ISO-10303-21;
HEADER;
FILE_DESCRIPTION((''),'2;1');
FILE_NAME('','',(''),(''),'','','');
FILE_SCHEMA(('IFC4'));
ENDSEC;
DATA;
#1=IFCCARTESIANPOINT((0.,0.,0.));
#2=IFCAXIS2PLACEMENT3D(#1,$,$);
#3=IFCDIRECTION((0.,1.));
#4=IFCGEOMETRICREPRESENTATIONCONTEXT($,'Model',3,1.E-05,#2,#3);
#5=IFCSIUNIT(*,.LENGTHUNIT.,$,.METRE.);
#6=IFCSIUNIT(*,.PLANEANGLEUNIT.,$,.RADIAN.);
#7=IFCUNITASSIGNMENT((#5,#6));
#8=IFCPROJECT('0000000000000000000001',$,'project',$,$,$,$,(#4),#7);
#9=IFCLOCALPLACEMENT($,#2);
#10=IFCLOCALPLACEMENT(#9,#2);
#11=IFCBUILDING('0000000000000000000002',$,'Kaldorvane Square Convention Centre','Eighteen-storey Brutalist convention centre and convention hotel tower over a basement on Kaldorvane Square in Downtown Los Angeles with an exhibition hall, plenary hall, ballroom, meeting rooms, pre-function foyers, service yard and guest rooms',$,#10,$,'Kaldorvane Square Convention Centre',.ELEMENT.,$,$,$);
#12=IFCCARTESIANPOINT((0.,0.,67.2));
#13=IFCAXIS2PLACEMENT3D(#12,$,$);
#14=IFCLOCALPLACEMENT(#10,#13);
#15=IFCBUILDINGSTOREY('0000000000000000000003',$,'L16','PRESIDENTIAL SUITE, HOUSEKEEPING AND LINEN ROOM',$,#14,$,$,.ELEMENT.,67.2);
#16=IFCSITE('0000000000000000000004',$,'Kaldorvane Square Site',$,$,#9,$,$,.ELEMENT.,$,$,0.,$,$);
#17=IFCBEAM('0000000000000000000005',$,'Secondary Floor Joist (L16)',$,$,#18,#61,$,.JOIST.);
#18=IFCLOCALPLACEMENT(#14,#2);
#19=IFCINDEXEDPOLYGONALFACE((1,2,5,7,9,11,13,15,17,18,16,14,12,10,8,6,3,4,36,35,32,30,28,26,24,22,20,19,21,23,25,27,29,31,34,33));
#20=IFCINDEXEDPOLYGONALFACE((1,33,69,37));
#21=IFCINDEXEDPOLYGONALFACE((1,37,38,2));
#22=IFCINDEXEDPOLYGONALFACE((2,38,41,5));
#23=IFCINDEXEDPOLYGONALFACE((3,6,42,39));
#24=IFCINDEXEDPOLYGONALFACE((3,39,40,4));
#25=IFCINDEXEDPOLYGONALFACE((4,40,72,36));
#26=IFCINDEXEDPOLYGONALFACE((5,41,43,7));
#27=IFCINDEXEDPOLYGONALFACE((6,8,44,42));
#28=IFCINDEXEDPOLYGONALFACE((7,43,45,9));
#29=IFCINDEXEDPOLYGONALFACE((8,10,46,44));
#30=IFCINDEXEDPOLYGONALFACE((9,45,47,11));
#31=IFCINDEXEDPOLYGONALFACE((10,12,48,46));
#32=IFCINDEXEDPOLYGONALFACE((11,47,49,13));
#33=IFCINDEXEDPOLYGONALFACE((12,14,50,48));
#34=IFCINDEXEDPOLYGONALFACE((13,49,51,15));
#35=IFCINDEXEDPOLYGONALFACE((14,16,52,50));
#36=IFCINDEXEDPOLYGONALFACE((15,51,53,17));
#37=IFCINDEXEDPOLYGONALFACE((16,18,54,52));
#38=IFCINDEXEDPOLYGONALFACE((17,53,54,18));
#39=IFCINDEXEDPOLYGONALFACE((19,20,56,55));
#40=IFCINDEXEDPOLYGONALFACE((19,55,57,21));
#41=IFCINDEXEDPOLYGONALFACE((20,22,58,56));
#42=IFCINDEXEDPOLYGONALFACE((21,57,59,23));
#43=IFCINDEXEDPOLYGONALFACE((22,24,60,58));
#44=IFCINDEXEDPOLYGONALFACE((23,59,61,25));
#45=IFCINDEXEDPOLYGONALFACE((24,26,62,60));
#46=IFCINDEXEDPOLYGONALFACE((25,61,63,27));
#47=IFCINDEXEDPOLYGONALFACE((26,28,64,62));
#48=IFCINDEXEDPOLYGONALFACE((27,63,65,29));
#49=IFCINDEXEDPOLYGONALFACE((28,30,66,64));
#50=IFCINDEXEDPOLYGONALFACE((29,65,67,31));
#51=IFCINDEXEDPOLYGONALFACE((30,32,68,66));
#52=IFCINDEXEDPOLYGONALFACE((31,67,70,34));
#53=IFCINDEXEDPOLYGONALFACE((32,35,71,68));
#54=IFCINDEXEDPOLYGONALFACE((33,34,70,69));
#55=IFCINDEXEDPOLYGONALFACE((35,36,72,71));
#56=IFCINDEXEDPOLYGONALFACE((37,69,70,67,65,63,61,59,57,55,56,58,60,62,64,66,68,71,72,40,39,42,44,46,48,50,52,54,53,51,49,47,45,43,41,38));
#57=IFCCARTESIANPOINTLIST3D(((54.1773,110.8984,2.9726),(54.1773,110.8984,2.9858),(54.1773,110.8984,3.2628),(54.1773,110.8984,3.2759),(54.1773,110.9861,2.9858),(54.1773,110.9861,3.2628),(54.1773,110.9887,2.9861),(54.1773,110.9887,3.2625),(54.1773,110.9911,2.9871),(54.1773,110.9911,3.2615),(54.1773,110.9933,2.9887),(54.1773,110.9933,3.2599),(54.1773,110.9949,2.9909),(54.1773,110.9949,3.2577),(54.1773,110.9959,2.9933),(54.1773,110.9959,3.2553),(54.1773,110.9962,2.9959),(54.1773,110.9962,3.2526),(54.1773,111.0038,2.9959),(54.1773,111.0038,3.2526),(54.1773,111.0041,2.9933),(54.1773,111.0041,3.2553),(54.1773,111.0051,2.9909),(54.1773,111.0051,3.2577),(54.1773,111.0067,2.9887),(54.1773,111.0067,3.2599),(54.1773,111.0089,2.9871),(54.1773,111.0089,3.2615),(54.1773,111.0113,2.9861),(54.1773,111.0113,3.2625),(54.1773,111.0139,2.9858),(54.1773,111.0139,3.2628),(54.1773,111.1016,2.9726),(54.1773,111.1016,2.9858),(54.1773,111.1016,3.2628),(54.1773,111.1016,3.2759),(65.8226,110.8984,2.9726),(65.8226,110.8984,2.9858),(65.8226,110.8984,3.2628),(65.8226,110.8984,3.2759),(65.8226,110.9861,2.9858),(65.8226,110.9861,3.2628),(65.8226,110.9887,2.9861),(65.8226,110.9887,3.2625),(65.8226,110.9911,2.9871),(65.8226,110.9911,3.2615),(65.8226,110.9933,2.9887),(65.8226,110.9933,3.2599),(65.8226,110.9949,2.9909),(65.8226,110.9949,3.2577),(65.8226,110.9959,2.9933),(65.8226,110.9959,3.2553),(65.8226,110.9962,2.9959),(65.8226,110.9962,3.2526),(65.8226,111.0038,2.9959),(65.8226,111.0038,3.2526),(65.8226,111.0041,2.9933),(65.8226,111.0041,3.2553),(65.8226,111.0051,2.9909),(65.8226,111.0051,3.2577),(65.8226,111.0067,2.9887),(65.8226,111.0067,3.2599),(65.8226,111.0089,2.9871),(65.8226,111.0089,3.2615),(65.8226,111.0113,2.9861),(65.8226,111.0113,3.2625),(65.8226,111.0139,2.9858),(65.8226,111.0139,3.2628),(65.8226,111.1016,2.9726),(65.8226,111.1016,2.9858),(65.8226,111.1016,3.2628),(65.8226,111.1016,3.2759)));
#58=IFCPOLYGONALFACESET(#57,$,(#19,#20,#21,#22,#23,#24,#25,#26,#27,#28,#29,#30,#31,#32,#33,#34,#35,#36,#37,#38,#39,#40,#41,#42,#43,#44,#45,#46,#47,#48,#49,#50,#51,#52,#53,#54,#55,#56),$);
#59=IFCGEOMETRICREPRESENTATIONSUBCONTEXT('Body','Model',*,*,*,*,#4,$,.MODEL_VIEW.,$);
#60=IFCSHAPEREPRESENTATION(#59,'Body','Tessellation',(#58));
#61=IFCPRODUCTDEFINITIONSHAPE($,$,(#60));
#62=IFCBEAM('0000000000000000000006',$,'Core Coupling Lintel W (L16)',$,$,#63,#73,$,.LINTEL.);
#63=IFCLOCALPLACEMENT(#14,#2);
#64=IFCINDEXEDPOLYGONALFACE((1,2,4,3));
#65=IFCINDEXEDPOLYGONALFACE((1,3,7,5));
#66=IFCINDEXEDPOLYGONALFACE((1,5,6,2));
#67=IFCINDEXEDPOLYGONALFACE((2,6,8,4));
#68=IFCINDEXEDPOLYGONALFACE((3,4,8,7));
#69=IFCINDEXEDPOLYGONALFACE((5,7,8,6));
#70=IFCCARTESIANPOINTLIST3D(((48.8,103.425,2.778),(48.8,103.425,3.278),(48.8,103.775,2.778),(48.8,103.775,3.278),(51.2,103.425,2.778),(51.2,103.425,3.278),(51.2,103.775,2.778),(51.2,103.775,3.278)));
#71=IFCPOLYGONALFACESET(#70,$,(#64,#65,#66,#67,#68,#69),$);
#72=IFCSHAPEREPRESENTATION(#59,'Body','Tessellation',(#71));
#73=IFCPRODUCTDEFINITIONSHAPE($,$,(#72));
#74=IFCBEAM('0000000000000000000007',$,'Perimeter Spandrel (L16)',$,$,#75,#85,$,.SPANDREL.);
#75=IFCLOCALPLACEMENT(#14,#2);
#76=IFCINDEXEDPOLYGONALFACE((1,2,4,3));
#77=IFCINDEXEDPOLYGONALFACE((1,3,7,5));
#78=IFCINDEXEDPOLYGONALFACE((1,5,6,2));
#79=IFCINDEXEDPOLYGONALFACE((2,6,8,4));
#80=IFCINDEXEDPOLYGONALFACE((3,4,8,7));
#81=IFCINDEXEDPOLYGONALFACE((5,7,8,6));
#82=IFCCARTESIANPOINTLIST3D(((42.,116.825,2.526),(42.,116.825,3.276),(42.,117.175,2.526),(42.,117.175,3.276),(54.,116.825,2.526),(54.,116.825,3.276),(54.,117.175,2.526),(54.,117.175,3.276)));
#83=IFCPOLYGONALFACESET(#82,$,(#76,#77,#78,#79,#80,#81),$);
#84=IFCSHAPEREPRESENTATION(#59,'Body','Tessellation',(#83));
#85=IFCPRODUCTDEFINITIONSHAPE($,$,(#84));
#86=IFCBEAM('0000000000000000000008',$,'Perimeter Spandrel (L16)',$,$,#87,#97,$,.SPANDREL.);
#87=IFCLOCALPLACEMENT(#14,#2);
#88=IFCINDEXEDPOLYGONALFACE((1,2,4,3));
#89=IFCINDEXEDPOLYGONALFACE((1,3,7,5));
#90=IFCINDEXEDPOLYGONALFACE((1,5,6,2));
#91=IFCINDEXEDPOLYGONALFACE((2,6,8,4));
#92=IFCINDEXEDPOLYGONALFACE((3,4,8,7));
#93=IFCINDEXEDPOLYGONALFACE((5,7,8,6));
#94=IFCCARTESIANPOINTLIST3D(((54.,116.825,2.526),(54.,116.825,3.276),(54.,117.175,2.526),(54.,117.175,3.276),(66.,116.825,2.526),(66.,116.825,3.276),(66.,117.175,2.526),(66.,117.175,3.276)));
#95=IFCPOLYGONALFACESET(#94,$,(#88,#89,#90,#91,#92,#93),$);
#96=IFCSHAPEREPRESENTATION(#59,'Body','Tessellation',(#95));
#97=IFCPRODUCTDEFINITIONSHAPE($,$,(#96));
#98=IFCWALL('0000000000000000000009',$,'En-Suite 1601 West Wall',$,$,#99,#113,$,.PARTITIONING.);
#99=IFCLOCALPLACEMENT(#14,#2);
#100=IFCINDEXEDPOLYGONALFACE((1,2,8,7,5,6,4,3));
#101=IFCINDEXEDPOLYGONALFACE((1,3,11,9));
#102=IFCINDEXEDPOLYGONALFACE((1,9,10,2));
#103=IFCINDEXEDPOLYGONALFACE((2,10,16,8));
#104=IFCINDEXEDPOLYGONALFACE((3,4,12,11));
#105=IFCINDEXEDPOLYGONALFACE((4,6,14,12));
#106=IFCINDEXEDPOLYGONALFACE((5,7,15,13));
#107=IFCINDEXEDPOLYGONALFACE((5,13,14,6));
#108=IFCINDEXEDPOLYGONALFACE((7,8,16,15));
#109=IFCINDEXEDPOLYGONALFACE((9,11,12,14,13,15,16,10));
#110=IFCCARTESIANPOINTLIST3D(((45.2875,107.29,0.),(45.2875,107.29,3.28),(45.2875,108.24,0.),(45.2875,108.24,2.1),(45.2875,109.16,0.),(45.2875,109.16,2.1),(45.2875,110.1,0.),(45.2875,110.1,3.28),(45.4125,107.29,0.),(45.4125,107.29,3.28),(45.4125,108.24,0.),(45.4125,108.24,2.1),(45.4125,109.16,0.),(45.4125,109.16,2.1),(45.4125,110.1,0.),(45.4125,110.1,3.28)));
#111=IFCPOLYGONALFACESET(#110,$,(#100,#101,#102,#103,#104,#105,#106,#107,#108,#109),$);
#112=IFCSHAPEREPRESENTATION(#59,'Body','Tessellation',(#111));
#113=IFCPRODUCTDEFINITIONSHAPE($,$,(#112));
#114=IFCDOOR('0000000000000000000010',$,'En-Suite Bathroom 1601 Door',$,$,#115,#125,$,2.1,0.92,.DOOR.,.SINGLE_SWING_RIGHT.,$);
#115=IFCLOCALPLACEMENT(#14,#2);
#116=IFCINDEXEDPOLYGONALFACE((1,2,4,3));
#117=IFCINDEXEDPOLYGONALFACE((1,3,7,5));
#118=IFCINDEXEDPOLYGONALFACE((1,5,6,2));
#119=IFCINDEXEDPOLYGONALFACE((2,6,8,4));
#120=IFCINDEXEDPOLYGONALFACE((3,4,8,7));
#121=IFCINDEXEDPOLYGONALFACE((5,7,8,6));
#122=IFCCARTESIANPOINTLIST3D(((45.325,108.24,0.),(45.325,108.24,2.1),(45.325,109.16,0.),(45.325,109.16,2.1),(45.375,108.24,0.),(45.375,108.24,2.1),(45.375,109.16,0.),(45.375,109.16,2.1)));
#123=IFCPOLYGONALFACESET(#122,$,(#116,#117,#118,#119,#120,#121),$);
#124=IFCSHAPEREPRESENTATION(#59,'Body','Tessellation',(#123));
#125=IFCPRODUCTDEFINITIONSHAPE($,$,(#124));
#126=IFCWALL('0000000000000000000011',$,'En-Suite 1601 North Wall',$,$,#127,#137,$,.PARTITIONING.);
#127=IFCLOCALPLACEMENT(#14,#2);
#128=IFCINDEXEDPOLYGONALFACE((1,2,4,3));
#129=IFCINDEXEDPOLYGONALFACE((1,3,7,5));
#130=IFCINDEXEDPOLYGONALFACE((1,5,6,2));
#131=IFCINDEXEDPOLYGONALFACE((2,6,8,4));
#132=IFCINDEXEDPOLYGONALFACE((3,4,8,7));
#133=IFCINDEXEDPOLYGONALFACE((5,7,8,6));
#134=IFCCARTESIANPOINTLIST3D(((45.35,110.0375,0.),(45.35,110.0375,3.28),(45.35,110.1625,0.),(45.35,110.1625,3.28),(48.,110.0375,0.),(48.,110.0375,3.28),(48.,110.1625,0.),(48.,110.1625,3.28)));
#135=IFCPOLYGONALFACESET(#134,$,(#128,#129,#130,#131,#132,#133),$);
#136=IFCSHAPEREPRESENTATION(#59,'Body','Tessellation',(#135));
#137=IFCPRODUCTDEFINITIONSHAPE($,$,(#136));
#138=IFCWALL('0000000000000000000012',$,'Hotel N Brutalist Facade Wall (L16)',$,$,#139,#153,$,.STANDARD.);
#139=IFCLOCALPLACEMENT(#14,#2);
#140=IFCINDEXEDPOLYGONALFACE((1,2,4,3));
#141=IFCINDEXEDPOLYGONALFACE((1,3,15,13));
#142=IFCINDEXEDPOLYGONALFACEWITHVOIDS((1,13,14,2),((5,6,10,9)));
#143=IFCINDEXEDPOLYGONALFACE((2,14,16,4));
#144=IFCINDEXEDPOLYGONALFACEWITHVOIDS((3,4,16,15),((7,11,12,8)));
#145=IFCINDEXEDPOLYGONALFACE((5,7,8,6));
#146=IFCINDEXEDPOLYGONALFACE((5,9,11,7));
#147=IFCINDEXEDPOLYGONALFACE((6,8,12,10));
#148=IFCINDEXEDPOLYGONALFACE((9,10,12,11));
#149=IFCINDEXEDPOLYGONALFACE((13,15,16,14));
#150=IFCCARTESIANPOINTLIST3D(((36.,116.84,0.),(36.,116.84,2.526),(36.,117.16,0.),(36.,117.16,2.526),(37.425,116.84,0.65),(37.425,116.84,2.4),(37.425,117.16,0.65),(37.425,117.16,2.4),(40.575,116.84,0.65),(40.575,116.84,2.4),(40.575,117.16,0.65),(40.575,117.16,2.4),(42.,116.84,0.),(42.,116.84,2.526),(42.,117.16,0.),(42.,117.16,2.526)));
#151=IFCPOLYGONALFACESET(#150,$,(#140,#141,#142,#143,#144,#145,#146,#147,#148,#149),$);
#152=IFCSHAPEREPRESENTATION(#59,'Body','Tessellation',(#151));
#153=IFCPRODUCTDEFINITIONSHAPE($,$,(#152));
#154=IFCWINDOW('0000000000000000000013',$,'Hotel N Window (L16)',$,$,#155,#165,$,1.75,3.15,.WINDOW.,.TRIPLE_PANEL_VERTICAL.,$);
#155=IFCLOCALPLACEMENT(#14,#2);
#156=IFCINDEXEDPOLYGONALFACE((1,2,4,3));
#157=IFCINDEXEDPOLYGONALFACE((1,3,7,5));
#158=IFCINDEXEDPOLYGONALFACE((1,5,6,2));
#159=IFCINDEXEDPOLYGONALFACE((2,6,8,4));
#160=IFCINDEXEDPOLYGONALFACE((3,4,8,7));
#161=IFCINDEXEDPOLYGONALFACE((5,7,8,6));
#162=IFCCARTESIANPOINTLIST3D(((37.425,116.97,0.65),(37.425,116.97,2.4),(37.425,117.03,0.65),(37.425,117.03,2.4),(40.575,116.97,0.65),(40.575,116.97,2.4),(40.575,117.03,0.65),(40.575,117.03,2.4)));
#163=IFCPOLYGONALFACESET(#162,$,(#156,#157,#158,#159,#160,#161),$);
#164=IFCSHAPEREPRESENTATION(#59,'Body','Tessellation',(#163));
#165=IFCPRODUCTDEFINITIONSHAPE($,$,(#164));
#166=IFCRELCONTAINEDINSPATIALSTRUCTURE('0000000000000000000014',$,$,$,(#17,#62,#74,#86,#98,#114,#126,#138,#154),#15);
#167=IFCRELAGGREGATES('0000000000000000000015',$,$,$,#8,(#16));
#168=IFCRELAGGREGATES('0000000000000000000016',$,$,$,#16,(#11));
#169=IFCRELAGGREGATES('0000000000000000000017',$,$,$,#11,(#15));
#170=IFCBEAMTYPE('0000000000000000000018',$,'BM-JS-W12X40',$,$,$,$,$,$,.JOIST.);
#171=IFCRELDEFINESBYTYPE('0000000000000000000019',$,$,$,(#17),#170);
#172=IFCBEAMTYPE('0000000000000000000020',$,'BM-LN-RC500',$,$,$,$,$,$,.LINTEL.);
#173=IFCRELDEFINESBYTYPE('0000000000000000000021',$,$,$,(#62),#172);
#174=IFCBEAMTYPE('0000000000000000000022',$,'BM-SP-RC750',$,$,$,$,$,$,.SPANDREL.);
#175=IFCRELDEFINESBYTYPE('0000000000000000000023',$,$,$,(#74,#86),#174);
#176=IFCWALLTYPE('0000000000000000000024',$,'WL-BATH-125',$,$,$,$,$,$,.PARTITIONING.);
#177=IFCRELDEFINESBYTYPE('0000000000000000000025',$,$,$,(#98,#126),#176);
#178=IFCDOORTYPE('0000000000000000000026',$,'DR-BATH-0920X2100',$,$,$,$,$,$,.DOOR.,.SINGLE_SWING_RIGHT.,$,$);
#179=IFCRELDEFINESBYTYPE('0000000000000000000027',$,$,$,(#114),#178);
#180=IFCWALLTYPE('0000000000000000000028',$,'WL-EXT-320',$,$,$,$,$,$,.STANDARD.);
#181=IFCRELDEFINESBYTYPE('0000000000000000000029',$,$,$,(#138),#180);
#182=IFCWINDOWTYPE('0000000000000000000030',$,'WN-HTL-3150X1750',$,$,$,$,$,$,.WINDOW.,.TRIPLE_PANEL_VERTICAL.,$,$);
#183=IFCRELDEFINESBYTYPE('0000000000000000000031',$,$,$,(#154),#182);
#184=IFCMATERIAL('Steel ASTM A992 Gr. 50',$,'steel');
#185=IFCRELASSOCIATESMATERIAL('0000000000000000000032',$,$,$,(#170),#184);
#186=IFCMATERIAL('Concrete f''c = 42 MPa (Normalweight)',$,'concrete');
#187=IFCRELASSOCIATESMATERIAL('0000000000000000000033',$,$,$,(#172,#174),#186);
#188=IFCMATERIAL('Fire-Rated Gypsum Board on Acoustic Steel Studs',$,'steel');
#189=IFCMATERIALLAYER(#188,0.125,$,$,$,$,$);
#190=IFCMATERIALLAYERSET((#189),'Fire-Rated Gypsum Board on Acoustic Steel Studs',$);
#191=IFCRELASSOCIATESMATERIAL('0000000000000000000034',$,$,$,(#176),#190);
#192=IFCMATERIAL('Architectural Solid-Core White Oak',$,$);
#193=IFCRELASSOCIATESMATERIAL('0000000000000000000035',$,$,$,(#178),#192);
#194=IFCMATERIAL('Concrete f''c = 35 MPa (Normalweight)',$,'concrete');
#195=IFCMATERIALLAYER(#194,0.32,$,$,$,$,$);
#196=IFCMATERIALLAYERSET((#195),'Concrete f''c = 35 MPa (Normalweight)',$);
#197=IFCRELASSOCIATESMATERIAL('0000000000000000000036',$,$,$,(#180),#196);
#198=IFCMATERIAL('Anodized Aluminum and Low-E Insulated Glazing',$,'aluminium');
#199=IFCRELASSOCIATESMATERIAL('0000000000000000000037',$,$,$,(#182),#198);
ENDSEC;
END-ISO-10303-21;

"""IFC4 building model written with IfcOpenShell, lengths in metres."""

from ifc_helpers import new_model, si_unit, direction, frame, frame_2d, origin, origin_2d, place, context, subcontext, project, spatial, rectangle, i_section, extrude, material, layer, layer_set, material_profile, profile_set, type_object, element, fill, save


model = new_model("IFC4")

# Units and contexts
model_context = context("Model", 3, precision=1e-05, world=origin(), true_north=direction((0.0, 1.0)))
body_context = subcontext(model_context, "Body", "Model", "MODEL_VIEW")
ifc_project = project(units=[si_unit("LENGTHUNIT", "METRE"), si_unit("PLANEANGLEUNIT", "RADIAN")], contexts=[model_context])

# Site, building, storey
site_placement = place(None, origin())
site = spatial("IfcSite", under=ifc_project, at=site_placement, Name="Kaldorvane Square Site", CompositionType="ELEMENT", RefElevation=0.0)
building_placement = place(site_placement, origin())
building = spatial("IfcBuilding", under=site, at=building_placement, Name="Kaldorvane Square Convention Centre", Description="Eighteen-storey Brutalist convention centre and convention hotel tower over a basement on Kaldorvane Square in Downtown Los Angeles with an exhibition hall, plenary hall, ballroom, meeting rooms, pre-function foyers, service yard and guest rooms", LongName="Kaldorvane Square Convention Centre", CompositionType="ELEMENT")
storey_placement = place(building_placement, frame((0.0, 0.0, 67.2)))
storey = spatial("IfcBuildingStorey", under=building, at=storey_placement, Name="L16", Description="PRESIDENTIAL SUITE, HOUSEKEEPING AND LINEN ROOM", CompositionType="ELEMENT", Elevation=67.2)

# Shared definitions
ifc_material_1 = material(Name="Concrete f'c = 42 MPa (Normalweight)", Category="concrete")
ifc_material_2 = material(Name="Steel ASTM A992 Gr. 50", Category="steel")

# Beams
ifc_material_profile_1 = material_profile(ifc_material_2, i_section(OverallWidth=0.2033, OverallDepth=0.3033, WebThickness=0.0075, FlangeThickness=0.0131, FilletRadius=0.0102, at=origin_2d()), Name="W12X40")
ifc_profile_set_1 = profile_set([ifc_material_profile_1], Name="Steel ASTM A992 Gr. 50")
beam_type_1 = type_object("IfcBeamType", Name="BM-JS-W12X40", PredefinedType="JOIST", material=ifc_profile_set_1)
beam_1_placement = place(storey_placement, frame((54.1773, 111.0, 3.1243), z_axis=(1.0, 0.0, 0.0), x_axis=(0.0, 1.0, 0.0)))
element("IfcBeam", 1, at=beam_1_placement, inside=storey, type_object=beam_type_1, Name="Secondary Floor Joist (L16)", PredefinedType="JOIST", context=body_context, shape_type="SweptSolid", body=[
    extrude(i_section(OverallWidth=0.2033, OverallDepth=0.3033, WebThickness=0.0075, FlangeThickness=0.0131, FilletRadius=0.0102, at=origin_2d()), origin(), (0.0, 0.0, 1.0), 11.6453),
])
ifc_material_profile_2 = material_profile(ifc_material_1, rectangle(XDim=0.35, YDim=0.5, at=origin_2d()), Name="RCLN500X350")
ifc_profile_set_2 = profile_set([ifc_material_profile_2], Name="Concrete f'c = 42 MPa (Normalweight)")
beam_type_2 = type_object("IfcBeamType", Name="BM-LN-RC500", PredefinedType="LINTEL", material=ifc_profile_set_2)
beam_2_placement = place(storey_placement, frame((48.8, 103.6, 3.028), z_axis=(1.0, 0.0, 0.0), x_axis=(0.0, 1.0, 0.0)))
element("IfcBeam", 2, at=beam_2_placement, inside=storey, type_object=beam_type_2, Name="Core Coupling Lintel W (L16)", PredefinedType="LINTEL", context=body_context, shape_type="SweptSolid", body=[
    extrude(rectangle(XDim=0.35, YDim=0.5, at=origin_2d()), origin(), (0.0, 0.0, 1.0), 2.4),
])
ifc_material_profile_3 = material_profile(ifc_material_1, rectangle(XDim=0.35, YDim=0.75, at=origin_2d()), Name="RCSP750X350")
ifc_profile_set_3 = profile_set([ifc_material_profile_3], Name="Concrete f'c = 42 MPa (Normalweight)")
beam_type_3 = type_object("IfcBeamType", Name="BM-SP-RC750", PredefinedType="SPANDREL", material=ifc_profile_set_3)
for number, where, z_axis, x_axis, name in (
    (3, (42.0, 117.0, 2.901), (1.0, 0.0, 0.0), (0.0, 1.0, 0.0), "Perimeter Spandrel (L16)"),
    (4, (54.0, 117.0, 2.901), (1.0, 0.0, 0.0), (0.0, 1.0, 0.0), "Perimeter Spandrel (L16)"),
):
    element("IfcBeam", number, at=place(storey_placement, frame(where, z_axis=z_axis, x_axis=x_axis)), inside=storey, type_object=beam_type_3, Name=name, PredefinedType="SPANDREL", context=body_context, shape_type="SweptSolid", body=[
        extrude(rectangle(XDim=0.35, YDim=0.75, at=origin_2d()), origin(), (0.0, 0.0, 1.0), 12.0),
    ])

# Wall, opening, door
ifc_material_3 = material(Name="Fire-Rated Gypsum Board on Acoustic Steel Studs", Category="steel")
ifc_layer_1 = layer(ifc_material_3, 0.125)
ifc_layer_set_1 = layer_set([ifc_layer_1], Name="Fire-Rated Gypsum Board on Acoustic Steel Studs")
wall_type_1 = type_object("IfcWallType", Name="WL-BATH-125", PredefinedType="PARTITIONING", material=ifc_layer_set_1)
wall_1_placement = place(storey_placement, frame((45.35, 107.29, 0.0), z_axis=(0.0, 0.0, 1.0), x_axis=(0.0, 1.0, 0.0)))
wall_1 = element("IfcWall", 5, at=wall_1_placement, inside=storey, type_object=wall_type_1, Name="En-Suite 1601 West Wall", PredefinedType="PARTITIONING", context=body_context, shape_type="SweptSolid", body=[
    extrude(rectangle(XDim=2.81, YDim=0.125, at=frame_2d((1.405, 0.0))), origin(), (0.0, 0.0, 1.0), 3.28),
])
opening_1_placement = place(wall_1_placement, frame((0.95, 0.0, 0.0)))
opening_1 = element("IfcOpeningElement", 6, at=opening_1_placement, cuts=wall_1, PredefinedType="OPENING", context=body_context, shape_type="SweptSolid", body=[
    extrude(rectangle(XDim=0.92, YDim=2.1, at=frame_2d((0.46, 1.05))), frame((0.0, 0.0775, 0.0), z_axis=(0.0, -1.0, 0.0), x_axis=(1.0, 0.0, 0.0)), (0.0, 0.0, 1.0), 0.155),
])
ifc_material_4 = material(Name="Architectural Solid-Core White Oak")
door_type_1 = type_object("IfcDoorType", Name="DR-BATH-0920X2100", OperationType="SINGLE_SWING_RIGHT", PredefinedType="DOOR", material=ifc_material_4)
door_1_placement = place(opening_1_placement, origin())
door_1 = element("IfcDoor", 7, at=door_1_placement, inside=storey, type_object=door_type_1, Name="En-Suite Bathroom 1601 Door", OperationType="SINGLE_SWING_RIGHT", OverallHeight=2.1, OverallWidth=0.92, PredefinedType="DOOR", context=body_context, shape_type="SweptSolid", body=[
    extrude(rectangle(XDim=0.92, YDim=2.1, at=frame_2d((0.46, 1.05))), frame((0.0, 0.025, 0.0), z_axis=(0.0, -1.0, 0.0), x_axis=(1.0, 0.0, 0.0)), (0.0, 0.0, 1.0), 0.05),
])
fill(opening_1, door_1)

# Wall
wall_2_placement = place(storey_placement, frame((45.35, 110.1, 0.0), z_axis=(0.0, 0.0, 1.0), x_axis=(1.0, 0.0, 0.0)))
element("IfcWall", 8, at=wall_2_placement, inside=storey, type_object=wall_type_1, Name="En-Suite 1601 North Wall", PredefinedType="PARTITIONING", context=body_context, shape_type="SweptSolid", body=[
    extrude(rectangle(XDim=2.65, YDim=0.125, at=frame_2d((1.325, 0.0))), origin(), (0.0, 0.0, 1.0), 3.28),
])

# Wall, opening, window
ifc_material_5 = material(Name="Concrete f'c = 35 MPa (Normalweight)", Category="concrete")
ifc_layer_2 = layer(ifc_material_5, 0.32)
ifc_layer_set_2 = layer_set([ifc_layer_2], Name="Concrete f'c = 35 MPa (Normalweight)")
wall_type_2 = type_object("IfcWallType", Name="WL-EXT-320", PredefinedType="STANDARD", material=ifc_layer_set_2)
wall_3_placement = place(storey_placement, frame((42.0, 117.0, 0.0), z_axis=(0.0, 0.0, 1.0), x_axis=(-1.0, 0.0, 0.0)))
wall_3 = element("IfcWall", 9, at=wall_3_placement, inside=storey, type_object=wall_type_2, Name="Hotel N Brutalist Facade Wall (L16)", PredefinedType="STANDARD", context=body_context, shape_type="SweptSolid", body=[
    extrude(rectangle(XDim=6.0, YDim=0.32, at=frame_2d((3.0, 0.0))), origin(), (0.0, 0.0, 1.0), 2.526),
])
opening_2_placement = place(wall_3_placement, frame((1.425, 0.0, 0.65)))
opening_2 = element("IfcOpeningElement", 10, at=opening_2_placement, cuts=wall_3, PredefinedType="OPENING", context=body_context, shape_type="SweptSolid", body=[
    extrude(rectangle(XDim=3.15, YDim=1.75, at=frame_2d((1.575, 0.875))), frame((0.0, 0.175, 0.0), z_axis=(0.0, -1.0, 0.0), x_axis=(1.0, 0.0, 0.0)), (0.0, 0.0, 1.0), 0.35),
])
ifc_material_6 = material(Name="Anodized Aluminum and Low-E Insulated Glazing", Category="aluminium")
window_type = type_object("IfcWindowType", Name="WN-HTL-3150X1750", PartitioningType="TRIPLE_PANEL_VERTICAL", PredefinedType="WINDOW", material=ifc_material_6)
window_1_placement = place(opening_2_placement, origin())
window_1 = element("IfcWindow", 11, at=window_1_placement, inside=storey, type_object=window_type, Name="Hotel N Window (L16)", OverallHeight=1.75, OverallWidth=3.15, PartitioningType="TRIPLE_PANEL_VERTICAL", PredefinedType="WINDOW", context=body_context, shape_type="SweptSolid", body=[
    extrude(rectangle(XDim=3.15, YDim=1.75, at=frame_2d((1.575, 0.875))), frame((0.0, 0.03, 0.0), z_axis=(0.0, -1.0, 0.0), x_axis=(1.0, 0.0, 0.0)), (0.0, 0.0, 1.0), 0.06),
])
fill(opening_2, window_1)

save(model, "model.ifc")
